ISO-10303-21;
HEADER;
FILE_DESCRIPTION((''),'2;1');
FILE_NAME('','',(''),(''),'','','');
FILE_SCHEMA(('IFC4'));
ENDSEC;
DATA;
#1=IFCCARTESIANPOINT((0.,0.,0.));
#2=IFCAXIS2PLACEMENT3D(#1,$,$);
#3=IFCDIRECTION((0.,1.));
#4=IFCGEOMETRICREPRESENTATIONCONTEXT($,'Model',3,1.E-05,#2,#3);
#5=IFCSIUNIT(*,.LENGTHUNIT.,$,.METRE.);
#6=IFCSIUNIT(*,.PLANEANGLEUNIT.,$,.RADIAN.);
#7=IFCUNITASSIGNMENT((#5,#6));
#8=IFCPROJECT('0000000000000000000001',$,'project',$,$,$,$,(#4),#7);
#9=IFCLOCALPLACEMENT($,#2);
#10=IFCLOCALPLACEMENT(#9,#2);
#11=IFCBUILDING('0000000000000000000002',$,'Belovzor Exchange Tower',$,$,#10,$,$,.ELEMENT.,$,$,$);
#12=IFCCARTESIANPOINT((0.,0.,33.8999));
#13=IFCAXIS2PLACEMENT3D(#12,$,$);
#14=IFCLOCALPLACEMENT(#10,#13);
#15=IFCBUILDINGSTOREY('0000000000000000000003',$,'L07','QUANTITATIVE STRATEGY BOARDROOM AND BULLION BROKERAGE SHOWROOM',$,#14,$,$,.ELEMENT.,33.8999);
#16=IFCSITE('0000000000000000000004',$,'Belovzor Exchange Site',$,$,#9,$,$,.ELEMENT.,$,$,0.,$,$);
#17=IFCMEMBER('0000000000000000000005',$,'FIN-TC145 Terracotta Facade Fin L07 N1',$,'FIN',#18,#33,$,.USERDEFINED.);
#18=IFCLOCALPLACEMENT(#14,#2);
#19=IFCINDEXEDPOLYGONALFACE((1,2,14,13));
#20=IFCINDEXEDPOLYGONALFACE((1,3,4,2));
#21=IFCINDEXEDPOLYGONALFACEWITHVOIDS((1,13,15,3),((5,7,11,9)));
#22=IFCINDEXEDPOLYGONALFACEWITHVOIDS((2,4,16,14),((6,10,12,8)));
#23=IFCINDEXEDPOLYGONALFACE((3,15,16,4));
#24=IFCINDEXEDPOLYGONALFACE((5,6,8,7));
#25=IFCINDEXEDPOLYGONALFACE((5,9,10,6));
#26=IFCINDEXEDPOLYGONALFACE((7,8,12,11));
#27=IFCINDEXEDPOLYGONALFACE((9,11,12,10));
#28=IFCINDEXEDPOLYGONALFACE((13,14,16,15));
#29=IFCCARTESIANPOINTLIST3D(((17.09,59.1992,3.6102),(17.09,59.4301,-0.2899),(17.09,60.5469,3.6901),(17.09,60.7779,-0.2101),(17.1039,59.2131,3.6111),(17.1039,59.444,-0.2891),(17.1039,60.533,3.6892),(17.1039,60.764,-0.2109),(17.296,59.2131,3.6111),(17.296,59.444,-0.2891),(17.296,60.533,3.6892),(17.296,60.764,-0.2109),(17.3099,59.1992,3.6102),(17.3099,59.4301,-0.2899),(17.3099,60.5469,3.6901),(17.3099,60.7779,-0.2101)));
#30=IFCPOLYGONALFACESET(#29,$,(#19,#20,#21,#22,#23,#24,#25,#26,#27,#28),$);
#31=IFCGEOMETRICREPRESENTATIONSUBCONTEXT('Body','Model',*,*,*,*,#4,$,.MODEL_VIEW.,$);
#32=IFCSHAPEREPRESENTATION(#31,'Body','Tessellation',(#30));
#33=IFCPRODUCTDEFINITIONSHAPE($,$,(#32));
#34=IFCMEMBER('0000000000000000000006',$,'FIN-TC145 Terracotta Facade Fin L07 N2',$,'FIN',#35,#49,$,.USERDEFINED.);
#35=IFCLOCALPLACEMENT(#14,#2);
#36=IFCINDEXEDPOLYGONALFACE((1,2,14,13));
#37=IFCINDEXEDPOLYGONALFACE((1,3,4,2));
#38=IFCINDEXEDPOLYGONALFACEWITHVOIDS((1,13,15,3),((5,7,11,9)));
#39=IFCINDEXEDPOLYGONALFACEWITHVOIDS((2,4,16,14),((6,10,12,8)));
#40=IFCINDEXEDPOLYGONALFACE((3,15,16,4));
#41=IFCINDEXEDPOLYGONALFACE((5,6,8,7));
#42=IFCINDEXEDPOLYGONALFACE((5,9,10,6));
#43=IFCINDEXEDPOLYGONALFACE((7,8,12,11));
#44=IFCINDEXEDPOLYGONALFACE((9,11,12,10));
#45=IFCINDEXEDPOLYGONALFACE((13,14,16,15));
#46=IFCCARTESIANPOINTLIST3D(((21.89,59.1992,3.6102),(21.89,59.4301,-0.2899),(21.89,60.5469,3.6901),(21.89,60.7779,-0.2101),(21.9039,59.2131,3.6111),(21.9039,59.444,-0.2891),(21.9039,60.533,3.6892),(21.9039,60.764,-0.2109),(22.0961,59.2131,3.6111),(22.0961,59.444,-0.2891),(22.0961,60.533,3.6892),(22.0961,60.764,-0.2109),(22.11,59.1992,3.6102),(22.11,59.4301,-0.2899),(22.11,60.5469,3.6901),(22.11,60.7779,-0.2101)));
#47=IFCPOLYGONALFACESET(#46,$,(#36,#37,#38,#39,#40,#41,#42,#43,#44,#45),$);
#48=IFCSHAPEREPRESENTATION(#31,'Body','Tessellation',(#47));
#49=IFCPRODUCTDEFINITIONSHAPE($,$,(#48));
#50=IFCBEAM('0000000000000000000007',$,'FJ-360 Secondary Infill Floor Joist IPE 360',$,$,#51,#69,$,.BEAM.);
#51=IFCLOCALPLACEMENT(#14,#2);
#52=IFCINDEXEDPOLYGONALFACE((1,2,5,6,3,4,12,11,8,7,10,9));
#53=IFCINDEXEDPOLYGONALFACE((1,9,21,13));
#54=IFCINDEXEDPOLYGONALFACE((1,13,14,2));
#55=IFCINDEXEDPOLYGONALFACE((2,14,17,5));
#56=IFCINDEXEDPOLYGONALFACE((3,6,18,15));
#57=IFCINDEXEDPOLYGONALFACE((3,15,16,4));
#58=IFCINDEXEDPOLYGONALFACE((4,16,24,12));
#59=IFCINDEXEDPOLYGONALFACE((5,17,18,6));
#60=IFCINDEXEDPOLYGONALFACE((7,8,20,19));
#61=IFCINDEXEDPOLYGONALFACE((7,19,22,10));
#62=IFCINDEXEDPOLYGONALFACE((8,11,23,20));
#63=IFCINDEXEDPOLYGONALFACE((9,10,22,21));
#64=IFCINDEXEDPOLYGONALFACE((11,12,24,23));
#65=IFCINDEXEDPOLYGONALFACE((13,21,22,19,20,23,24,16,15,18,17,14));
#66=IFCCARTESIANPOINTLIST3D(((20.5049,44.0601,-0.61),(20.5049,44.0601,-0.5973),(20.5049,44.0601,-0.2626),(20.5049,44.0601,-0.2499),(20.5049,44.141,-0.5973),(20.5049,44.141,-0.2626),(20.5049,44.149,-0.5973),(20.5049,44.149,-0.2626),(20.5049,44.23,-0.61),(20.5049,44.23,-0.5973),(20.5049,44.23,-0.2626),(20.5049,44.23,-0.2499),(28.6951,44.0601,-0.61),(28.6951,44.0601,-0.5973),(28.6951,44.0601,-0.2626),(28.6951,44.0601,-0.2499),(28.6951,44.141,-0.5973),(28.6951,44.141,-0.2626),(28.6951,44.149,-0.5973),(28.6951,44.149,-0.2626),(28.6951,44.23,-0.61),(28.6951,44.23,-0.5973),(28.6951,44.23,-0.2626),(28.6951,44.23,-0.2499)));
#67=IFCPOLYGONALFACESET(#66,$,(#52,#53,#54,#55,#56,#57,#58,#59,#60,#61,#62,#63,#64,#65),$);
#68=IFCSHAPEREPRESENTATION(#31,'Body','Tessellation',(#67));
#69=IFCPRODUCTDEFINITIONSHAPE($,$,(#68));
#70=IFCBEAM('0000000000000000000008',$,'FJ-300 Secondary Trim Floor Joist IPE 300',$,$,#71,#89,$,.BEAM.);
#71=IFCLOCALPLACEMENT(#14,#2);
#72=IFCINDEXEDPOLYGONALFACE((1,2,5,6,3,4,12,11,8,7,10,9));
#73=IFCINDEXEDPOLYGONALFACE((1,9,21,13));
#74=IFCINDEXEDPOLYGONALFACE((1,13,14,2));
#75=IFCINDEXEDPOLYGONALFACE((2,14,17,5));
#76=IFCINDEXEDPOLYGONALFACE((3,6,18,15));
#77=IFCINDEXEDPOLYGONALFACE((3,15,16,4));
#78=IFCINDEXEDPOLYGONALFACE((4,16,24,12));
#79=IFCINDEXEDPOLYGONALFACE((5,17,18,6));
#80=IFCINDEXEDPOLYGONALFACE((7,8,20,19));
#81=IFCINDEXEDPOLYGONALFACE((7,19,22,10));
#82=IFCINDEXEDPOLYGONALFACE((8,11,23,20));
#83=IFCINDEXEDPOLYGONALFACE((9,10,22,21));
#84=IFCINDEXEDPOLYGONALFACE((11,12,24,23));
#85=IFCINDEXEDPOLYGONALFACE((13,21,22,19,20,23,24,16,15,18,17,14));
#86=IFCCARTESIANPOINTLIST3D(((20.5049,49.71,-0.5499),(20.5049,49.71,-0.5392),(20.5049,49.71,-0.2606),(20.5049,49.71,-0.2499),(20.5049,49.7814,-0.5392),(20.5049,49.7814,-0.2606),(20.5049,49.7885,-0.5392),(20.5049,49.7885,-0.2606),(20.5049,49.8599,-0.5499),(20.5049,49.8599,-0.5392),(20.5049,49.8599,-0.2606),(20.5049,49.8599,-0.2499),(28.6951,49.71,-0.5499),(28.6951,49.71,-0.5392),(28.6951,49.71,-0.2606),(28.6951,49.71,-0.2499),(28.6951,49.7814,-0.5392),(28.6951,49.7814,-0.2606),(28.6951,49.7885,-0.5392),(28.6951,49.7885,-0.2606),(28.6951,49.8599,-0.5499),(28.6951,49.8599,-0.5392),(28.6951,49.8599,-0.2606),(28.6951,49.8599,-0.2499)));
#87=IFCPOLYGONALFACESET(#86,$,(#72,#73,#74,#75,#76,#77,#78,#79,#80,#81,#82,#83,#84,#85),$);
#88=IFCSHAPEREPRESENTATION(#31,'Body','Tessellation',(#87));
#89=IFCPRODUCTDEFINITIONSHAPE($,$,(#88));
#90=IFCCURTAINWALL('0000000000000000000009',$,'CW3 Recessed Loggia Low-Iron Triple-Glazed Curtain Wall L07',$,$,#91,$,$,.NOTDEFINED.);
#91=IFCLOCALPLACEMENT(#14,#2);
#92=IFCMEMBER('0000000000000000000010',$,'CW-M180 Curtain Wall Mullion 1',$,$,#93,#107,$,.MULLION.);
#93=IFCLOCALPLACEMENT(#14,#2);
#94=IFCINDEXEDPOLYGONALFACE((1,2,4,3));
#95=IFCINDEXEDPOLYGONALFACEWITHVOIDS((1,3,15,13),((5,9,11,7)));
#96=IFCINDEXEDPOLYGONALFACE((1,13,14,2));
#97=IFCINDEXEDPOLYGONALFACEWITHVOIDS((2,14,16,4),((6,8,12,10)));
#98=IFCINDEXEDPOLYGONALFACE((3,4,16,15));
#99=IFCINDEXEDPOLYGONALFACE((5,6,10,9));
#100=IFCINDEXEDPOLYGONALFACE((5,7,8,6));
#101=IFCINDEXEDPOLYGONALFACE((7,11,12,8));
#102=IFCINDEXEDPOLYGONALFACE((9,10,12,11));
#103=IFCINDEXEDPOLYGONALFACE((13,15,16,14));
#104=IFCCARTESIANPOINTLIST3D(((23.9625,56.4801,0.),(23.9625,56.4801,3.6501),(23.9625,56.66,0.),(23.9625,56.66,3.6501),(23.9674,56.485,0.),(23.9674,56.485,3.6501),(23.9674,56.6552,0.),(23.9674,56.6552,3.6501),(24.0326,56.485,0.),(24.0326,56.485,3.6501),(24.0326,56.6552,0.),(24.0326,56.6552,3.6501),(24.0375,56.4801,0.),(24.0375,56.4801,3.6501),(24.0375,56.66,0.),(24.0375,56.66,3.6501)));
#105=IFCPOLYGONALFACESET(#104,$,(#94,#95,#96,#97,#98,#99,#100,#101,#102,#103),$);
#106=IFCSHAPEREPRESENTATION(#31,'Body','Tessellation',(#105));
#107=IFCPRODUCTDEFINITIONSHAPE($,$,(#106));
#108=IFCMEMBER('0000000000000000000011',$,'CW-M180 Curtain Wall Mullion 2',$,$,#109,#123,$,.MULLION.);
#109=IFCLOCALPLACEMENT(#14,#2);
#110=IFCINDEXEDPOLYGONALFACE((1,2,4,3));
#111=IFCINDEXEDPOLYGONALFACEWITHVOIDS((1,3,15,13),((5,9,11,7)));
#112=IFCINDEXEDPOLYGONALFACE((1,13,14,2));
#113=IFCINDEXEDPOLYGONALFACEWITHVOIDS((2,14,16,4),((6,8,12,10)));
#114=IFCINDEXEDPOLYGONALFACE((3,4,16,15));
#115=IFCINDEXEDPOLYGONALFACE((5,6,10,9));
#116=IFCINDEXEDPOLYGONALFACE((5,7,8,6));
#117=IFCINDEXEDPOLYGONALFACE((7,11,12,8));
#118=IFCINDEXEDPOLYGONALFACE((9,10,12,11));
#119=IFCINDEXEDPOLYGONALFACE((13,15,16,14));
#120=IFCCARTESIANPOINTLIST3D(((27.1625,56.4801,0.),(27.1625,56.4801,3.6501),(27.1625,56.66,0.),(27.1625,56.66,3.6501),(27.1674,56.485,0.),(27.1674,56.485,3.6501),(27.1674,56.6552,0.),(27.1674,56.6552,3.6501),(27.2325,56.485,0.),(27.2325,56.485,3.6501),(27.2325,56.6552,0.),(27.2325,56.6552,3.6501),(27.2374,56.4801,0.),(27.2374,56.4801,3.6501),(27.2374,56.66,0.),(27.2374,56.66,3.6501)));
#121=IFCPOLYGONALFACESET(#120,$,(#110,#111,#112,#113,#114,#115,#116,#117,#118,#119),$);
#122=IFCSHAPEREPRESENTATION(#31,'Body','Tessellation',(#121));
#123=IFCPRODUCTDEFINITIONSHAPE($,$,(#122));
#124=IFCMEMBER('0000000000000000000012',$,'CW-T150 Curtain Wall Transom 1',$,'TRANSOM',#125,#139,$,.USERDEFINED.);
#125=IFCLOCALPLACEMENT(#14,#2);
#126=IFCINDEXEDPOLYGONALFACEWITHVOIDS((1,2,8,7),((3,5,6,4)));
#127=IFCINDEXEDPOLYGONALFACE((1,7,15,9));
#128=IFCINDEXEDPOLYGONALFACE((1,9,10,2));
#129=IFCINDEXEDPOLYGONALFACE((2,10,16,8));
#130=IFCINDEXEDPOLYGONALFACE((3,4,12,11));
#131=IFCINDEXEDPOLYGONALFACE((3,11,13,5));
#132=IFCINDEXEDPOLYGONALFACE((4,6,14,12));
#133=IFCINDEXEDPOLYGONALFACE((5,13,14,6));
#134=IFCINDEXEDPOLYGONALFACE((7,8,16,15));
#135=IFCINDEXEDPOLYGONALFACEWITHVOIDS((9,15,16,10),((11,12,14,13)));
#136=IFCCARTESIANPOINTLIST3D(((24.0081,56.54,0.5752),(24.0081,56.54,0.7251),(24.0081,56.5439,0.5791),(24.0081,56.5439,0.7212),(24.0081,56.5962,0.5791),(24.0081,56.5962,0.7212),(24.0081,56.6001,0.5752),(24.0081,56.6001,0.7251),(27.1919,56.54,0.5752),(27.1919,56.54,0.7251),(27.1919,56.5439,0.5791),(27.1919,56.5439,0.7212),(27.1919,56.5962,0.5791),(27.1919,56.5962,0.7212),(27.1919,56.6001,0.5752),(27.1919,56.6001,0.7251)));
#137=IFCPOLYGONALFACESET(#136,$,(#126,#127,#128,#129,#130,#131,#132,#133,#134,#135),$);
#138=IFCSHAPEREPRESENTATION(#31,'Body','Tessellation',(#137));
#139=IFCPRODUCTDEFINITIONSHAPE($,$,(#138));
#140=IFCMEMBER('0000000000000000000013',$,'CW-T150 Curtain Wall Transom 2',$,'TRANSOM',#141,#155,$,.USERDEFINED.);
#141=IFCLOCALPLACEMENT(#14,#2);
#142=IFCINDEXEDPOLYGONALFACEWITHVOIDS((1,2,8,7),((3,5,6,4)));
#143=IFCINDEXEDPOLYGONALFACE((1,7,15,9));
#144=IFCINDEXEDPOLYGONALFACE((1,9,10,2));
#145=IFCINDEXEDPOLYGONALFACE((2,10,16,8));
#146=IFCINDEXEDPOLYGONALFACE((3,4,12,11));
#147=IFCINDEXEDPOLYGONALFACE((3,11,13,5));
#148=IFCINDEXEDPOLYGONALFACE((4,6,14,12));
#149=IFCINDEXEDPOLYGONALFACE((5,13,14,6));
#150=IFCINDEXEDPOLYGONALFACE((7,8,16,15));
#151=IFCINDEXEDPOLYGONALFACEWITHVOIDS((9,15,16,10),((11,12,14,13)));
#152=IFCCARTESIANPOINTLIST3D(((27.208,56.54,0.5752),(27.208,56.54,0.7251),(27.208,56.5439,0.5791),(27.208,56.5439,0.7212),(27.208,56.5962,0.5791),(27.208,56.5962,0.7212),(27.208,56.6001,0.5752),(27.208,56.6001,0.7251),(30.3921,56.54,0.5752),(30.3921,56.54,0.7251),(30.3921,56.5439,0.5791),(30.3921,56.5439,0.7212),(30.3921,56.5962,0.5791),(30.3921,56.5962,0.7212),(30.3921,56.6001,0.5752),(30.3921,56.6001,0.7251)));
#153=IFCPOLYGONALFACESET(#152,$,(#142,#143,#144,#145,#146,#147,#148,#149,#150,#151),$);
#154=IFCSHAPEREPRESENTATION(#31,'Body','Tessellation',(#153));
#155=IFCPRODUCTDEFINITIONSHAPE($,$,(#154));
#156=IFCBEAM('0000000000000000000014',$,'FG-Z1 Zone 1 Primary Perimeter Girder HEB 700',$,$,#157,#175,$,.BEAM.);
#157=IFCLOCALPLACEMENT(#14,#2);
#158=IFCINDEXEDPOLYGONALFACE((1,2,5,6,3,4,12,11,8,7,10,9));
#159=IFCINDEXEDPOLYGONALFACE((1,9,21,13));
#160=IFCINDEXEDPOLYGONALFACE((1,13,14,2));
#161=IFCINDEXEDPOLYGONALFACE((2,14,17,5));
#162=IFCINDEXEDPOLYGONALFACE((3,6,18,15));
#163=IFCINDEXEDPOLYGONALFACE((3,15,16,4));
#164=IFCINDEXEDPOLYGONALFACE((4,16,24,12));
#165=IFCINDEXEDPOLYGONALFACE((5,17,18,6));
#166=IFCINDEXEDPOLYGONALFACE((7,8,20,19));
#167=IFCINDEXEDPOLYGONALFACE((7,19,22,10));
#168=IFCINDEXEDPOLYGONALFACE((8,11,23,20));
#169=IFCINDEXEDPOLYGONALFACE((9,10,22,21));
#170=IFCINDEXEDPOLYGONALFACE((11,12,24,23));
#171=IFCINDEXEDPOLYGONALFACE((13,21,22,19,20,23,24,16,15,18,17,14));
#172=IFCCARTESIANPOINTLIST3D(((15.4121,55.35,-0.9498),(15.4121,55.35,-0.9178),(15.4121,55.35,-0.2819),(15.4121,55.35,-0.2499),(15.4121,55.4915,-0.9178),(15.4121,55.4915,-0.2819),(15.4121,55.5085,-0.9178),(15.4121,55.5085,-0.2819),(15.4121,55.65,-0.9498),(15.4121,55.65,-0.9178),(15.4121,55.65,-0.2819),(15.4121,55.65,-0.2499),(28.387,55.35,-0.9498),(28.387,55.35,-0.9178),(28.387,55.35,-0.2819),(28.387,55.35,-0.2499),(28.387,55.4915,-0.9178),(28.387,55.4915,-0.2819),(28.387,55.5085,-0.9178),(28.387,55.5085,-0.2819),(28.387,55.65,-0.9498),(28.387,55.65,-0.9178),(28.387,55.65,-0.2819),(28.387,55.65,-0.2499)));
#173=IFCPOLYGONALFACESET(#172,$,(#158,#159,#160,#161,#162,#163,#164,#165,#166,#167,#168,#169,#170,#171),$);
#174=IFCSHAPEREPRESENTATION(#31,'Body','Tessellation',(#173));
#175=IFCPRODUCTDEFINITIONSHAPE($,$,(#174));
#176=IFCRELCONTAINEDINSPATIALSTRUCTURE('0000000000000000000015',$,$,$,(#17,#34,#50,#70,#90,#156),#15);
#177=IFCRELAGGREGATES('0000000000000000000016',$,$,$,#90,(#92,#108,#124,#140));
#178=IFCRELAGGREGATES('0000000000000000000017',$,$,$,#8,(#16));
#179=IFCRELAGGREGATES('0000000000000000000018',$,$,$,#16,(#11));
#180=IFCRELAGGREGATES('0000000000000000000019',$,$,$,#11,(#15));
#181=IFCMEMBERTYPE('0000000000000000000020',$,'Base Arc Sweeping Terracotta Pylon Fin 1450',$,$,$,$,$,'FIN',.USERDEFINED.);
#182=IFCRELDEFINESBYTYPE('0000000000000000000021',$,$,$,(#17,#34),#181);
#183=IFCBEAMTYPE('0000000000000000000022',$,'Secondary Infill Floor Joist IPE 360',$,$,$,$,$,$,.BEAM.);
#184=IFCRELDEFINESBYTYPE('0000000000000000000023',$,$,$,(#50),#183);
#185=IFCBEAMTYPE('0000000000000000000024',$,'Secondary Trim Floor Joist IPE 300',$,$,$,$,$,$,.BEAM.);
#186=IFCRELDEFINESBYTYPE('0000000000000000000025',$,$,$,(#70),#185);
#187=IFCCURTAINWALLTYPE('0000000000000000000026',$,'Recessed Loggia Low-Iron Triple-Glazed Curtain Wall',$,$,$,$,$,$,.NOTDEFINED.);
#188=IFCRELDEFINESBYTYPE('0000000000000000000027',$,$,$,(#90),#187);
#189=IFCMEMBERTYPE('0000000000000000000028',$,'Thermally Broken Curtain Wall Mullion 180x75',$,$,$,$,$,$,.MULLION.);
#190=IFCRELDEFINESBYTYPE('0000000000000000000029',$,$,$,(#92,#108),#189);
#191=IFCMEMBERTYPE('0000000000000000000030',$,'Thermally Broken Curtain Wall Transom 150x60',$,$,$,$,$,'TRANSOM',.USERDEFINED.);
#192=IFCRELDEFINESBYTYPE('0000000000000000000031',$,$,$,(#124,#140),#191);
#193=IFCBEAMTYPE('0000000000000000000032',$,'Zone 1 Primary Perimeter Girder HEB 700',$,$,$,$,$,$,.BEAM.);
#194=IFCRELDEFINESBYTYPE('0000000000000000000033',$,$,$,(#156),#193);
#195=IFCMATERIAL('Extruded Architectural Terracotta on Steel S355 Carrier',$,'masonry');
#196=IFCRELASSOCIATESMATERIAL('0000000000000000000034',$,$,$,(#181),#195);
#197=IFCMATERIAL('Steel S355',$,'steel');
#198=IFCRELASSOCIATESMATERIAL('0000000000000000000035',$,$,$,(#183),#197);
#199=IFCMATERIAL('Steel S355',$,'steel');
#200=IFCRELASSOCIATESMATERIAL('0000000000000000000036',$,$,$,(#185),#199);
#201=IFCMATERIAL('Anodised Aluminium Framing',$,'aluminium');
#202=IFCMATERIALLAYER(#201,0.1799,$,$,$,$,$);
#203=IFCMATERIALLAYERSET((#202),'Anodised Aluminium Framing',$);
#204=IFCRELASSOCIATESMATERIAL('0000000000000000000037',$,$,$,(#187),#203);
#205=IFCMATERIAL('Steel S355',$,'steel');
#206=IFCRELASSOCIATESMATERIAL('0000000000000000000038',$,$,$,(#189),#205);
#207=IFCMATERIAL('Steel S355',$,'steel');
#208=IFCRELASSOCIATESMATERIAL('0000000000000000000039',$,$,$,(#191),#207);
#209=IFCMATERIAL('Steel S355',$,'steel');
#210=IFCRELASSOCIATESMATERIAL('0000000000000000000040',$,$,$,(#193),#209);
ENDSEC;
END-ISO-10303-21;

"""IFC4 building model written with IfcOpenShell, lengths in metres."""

from ifc_helpers import new_model, si_unit, direction, frame, origin, origin_2d, place, context, subcontext, project, spatial, hollow_rectangle, i_section, extrude, material, layer, layer_set, material_profile, profile_set, type_object, element, aggregate, save


model = new_model("IFC4")

# Units and contexts
model_context = context("Model", 3, precision=1e-05, world=origin(), true_north=direction((0.0, 1.0)))
body_context = subcontext(model_context, "Body", "Model", "MODEL_VIEW")
ifc_project = project(units=[si_unit("LENGTHUNIT", "METRE"), si_unit("PLANEANGLEUNIT", "RADIAN")], contexts=[model_context])

# Site, building, storey
site_placement = place(None, origin())
site = spatial("IfcSite", under=ifc_project, at=site_placement, Name="Belovzor Exchange Site", CompositionType="ELEMENT", RefElevation=0.0)
building_placement = place(site_placement, origin())
building = spatial("IfcBuilding", under=site, at=building_placement, Name="Belovzor Exchange Tower", CompositionType="ELEMENT")
storey_placement = place(building_placement, frame((0.0, 0.0, 33.8999)))
storey = spatial("IfcBuildingStorey", under=building, at=storey_placement, Name="L07", Description="QUANTITATIVE STRATEGY BOARDROOM AND BULLION BROKERAGE SHOWROOM", CompositionType="ELEMENT", Elevation=33.8999)

# Members
ifc_material_1 = material(Name="Extruded Architectural Terracotta on Steel S355 Carrier", Category="masonry")
ifc_material_profile_1 = material_profile(ifc_material_1, hollow_rectangle(XDim=0.22, YDim=1.3501, WallThickness=0.0139, at=origin_2d()))
ifc_profile_set_1 = profile_set([ifc_material_profile_1], Name="Extruded Architectural Terracotta on Steel S355 Carrier")
member_type_1 = type_object("IfcMemberType", Name="Base Arc Sweeping Terracotta Pylon Fin 1450", ElementType="FIN", PredefinedType="USERDEFINED", material=ifc_profile_set_1)
for number, where, z_axis, x_axis, name in (
    (1, (17.2, 60.104, -0.25), (0.0, -0.059114, 0.998251), (1.0, 0.0, 0.0), "FIN-TC145 Terracotta Facade Fin L07 N1"),
    (2, (22.0, 60.104, -0.25), (0.0, -0.059114, 0.998251), (1.0, 0.0, 0.0), "FIN-TC145 Terracotta Facade Fin L07 N2"),
):
    element("IfcMember", number, at=place(storey_placement, frame(where, z_axis=z_axis, x_axis=x_axis)), inside=storey, type_object=member_type_1, Name=name, ObjectType="FIN", PredefinedType="USERDEFINED", context=body_context, shape_type="SweptSolid", body=[
        extrude(hollow_rectangle(XDim=0.22, YDim=1.3501, WallThickness=0.0139, at=origin_2d()), origin(), (0.0, 0.0, 1.0), 3.907),
    ])

# Beams
ifc_material_2 = material(Name="Steel S355", Category="steel")
ifc_material_profile_2 = material_profile(ifc_material_2, i_section(OverallWidth=0.1699, OverallDepth=0.3601, WebThickness=0.0081, FlangeThickness=0.0127, at=origin_2d()))
ifc_profile_set_2 = profile_set([ifc_material_profile_2], Name="Steel S355")
beam_type_1 = type_object("IfcBeamType", Name="Secondary Infill Floor Joist IPE 360", PredefinedType="BEAM", material=ifc_profile_set_2)
beam_1_placement = place(storey_placement, frame((20.5049, 44.145, -0.4299), z_axis=(1.0, 0.0, 0.0), x_axis=(0.0, 1.0, 0.0)))
element("IfcBeam", 3, at=beam_1_placement, inside=storey, type_object=beam_type_1, Name="FJ-360 Secondary Infill Floor Joist IPE 360", PredefinedType="BEAM", context=body_context, shape_type="SweptSolid", body=[
    extrude(i_section(OverallWidth=0.1699, OverallDepth=0.3601, WebThickness=0.0081, FlangeThickness=0.0127, at=origin_2d()), origin(), (0.0, 0.0, 1.0), 8.1902),
])
ifc_material_3 = material(Name="Steel S355", Category="steel")
ifc_material_profile_3 = material_profile(ifc_material_3, i_section(OverallWidth=0.1499, OverallDepth=0.3, WebThickness=0.0071, FlangeThickness=0.0107, at=origin_2d()))
ifc_profile_set_3 = profile_set([ifc_material_profile_3], Name="Steel S355")
beam_type_2 = type_object("IfcBeamType", Name="Secondary Trim Floor Joist IPE 300", PredefinedType="BEAM", material=ifc_profile_set_3)
beam_2_placement = place(storey_placement, frame((20.5049, 49.7849, -0.3999), z_axis=(1.0, 0.0, 0.0), x_axis=(0.0, 1.0, 0.0)))
element("IfcBeam", 4, at=beam_2_placement, inside=storey, type_object=beam_type_2, Name="FJ-300 Secondary Trim Floor Joist IPE 300", PredefinedType="BEAM", context=body_context, shape_type="SweptSolid", body=[
    extrude(i_section(OverallWidth=0.1499, OverallDepth=0.3, WebThickness=0.0071, FlangeThickness=0.0107, at=origin_2d()), origin(), (0.0, 0.0, 1.0), 8.1902),
])

# Curtain wall, members
ifc_material_4 = material(Name="Anodised Aluminium Framing", Category="aluminium")
ifc_layer_1 = layer(ifc_material_4, 0.1799)
ifc_layer_set_1 = layer_set([ifc_layer_1], Name="Anodised Aluminium Framing")
curtain_wall_type = type_object("IfcCurtainWallType", Name="Recessed Loggia Low-Iron Triple-Glazed Curtain Wall", PredefinedType="NOTDEFINED", material=ifc_layer_set_1)
curtain_wall_placement = place(storey_placement, origin())
curtain_wall = element("IfcCurtainWall", 5, at=curtain_wall_placement, inside=storey, type_object=curtain_wall_type, Name="CW3 Recessed Loggia Low-Iron Triple-Glazed Curtain Wall L07", PredefinedType="NOTDEFINED")
ifc_material_5 = material(Name="Steel S355", Category="steel")
ifc_material_profile_4 = material_profile(ifc_material_5, hollow_rectangle(XDim=0.075, YDim=0.1799, WallThickness=0.0049, at=origin_2d()))
ifc_profile_set_4 = profile_set([ifc_material_profile_4], Name="Steel S355")
member_type_2 = type_object("IfcMemberType", Name="Thermally Broken Curtain Wall Mullion 180x75", PredefinedType="MULLION", material=ifc_profile_set_4)
member_1_placement = place(storey_placement, frame((24.0, 56.5701, 0.0), z_axis=(0.0, 0.0, 1.0), x_axis=(1.0, 0.0, 0.0)))
member_1 = element("IfcMember", 6, at=member_1_placement, type_object=member_type_2, Name="CW-M180 Curtain Wall Mullion 1", PredefinedType="MULLION", context=body_context, shape_type="SweptSolid", body=[
    extrude(hollow_rectangle(XDim=0.075, YDim=0.1799, WallThickness=0.0049, at=origin_2d()), origin(), (0.0, 0.0, 1.0), 3.6501),
])
member_2_placement = place(storey_placement, frame((27.2, 56.5701, 0.0), z_axis=(0.0, 0.0, 1.0), x_axis=(1.0, 0.0, 0.0)))
member_2 = element("IfcMember", 7, at=member_2_placement, type_object=member_type_2, Name="CW-M180 Curtain Wall Mullion 2", PredefinedType="MULLION", context=body_context, shape_type="SweptSolid", body=[
    extrude(hollow_rectangle(XDim=0.075, YDim=0.1799, WallThickness=0.0049, at=origin_2d()), origin(), (0.0, 0.0, 1.0), 3.6501),
])
ifc_material_6 = material(Name="Steel S355", Category="steel")
ifc_material_profile_5 = material_profile(ifc_material_6, hollow_rectangle(XDim=0.0601, YDim=0.1499, WallThickness=0.0039, at=origin_2d()))
ifc_profile_set_5 = profile_set([ifc_material_profile_5], Name="Steel S355")
member_type_3 = type_object("IfcMemberType", Name="Thermally Broken Curtain Wall Transom 150x60", ElementType="TRANSOM", PredefinedType="USERDEFINED", material=ifc_profile_set_5)
member_3_placement = place(storey_placement, frame((24.0081, 56.5701, 0.6501), z_axis=(1.0, 0.0, 0.0), x_axis=(0.0, 1.0, 0.0)))
member_3 = element("IfcMember", 8, at=member_3_placement, type_object=member_type_3, Name="CW-T150 Curtain Wall Transom 1", ObjectType="TRANSOM", PredefinedType="USERDEFINED", context=body_context, shape_type="SweptSolid", body=[
    extrude(hollow_rectangle(XDim=0.0601, YDim=0.1499, WallThickness=0.0039, at=origin_2d()), origin(), (0.0, 0.0, 1.0), 3.1838),
])
member_4_placement = place(storey_placement, frame((27.208, 56.5701, 0.6501), z_axis=(1.0, 0.0, 0.0), x_axis=(0.0, 1.0, 0.0)))
member_4 = element("IfcMember", 9, at=member_4_placement, type_object=member_type_3, Name="CW-T150 Curtain Wall Transom 2", ObjectType="TRANSOM", PredefinedType="USERDEFINED", context=body_context, shape_type="SweptSolid", body=[
    extrude(hollow_rectangle(XDim=0.0601, YDim=0.1499, WallThickness=0.0039, at=origin_2d()), origin(), (0.0, 0.0, 1.0), 3.1841),
])

# Beam
ifc_material_7 = material(Name="Steel S355", Category="steel")
ifc_material_profile_6 = material_profile(ifc_material_7, i_section(OverallWidth=0.3, OverallDepth=0.7, WebThickness=0.0171, FlangeThickness=0.032, at=origin_2d()))
ifc_profile_set_6 = profile_set([ifc_material_profile_6], Name="Steel S355")
beam_type_3 = type_object("IfcBeamType", Name="Zone 1 Primary Perimeter Girder HEB 700", PredefinedType="BEAM", material=ifc_profile_set_6)
beam_3_placement = place(storey_placement, frame((28.387, 55.5, -0.5999), z_axis=(-1.0, 0.0, 0.0), x_axis=(0.0, -1.0, 0.0)))
element("IfcBeam", 10, at=beam_3_placement, inside=storey, type_object=beam_type_3, Name="FG-Z1 Zone 1 Primary Perimeter Girder HEB 700", PredefinedType="BEAM", context=body_context, shape_type="SweptSolid", body=[
    extrude(i_section(OverallWidth=0.3, OverallDepth=0.7, WebThickness=0.0171, FlangeThickness=0.032, at=origin_2d()), origin(), (0.0, 0.0, 1.0), 12.9749),
])

aggregate(curtain_wall, [member_1, member_2, member_3, member_4])

save(model, "model.ifc")
